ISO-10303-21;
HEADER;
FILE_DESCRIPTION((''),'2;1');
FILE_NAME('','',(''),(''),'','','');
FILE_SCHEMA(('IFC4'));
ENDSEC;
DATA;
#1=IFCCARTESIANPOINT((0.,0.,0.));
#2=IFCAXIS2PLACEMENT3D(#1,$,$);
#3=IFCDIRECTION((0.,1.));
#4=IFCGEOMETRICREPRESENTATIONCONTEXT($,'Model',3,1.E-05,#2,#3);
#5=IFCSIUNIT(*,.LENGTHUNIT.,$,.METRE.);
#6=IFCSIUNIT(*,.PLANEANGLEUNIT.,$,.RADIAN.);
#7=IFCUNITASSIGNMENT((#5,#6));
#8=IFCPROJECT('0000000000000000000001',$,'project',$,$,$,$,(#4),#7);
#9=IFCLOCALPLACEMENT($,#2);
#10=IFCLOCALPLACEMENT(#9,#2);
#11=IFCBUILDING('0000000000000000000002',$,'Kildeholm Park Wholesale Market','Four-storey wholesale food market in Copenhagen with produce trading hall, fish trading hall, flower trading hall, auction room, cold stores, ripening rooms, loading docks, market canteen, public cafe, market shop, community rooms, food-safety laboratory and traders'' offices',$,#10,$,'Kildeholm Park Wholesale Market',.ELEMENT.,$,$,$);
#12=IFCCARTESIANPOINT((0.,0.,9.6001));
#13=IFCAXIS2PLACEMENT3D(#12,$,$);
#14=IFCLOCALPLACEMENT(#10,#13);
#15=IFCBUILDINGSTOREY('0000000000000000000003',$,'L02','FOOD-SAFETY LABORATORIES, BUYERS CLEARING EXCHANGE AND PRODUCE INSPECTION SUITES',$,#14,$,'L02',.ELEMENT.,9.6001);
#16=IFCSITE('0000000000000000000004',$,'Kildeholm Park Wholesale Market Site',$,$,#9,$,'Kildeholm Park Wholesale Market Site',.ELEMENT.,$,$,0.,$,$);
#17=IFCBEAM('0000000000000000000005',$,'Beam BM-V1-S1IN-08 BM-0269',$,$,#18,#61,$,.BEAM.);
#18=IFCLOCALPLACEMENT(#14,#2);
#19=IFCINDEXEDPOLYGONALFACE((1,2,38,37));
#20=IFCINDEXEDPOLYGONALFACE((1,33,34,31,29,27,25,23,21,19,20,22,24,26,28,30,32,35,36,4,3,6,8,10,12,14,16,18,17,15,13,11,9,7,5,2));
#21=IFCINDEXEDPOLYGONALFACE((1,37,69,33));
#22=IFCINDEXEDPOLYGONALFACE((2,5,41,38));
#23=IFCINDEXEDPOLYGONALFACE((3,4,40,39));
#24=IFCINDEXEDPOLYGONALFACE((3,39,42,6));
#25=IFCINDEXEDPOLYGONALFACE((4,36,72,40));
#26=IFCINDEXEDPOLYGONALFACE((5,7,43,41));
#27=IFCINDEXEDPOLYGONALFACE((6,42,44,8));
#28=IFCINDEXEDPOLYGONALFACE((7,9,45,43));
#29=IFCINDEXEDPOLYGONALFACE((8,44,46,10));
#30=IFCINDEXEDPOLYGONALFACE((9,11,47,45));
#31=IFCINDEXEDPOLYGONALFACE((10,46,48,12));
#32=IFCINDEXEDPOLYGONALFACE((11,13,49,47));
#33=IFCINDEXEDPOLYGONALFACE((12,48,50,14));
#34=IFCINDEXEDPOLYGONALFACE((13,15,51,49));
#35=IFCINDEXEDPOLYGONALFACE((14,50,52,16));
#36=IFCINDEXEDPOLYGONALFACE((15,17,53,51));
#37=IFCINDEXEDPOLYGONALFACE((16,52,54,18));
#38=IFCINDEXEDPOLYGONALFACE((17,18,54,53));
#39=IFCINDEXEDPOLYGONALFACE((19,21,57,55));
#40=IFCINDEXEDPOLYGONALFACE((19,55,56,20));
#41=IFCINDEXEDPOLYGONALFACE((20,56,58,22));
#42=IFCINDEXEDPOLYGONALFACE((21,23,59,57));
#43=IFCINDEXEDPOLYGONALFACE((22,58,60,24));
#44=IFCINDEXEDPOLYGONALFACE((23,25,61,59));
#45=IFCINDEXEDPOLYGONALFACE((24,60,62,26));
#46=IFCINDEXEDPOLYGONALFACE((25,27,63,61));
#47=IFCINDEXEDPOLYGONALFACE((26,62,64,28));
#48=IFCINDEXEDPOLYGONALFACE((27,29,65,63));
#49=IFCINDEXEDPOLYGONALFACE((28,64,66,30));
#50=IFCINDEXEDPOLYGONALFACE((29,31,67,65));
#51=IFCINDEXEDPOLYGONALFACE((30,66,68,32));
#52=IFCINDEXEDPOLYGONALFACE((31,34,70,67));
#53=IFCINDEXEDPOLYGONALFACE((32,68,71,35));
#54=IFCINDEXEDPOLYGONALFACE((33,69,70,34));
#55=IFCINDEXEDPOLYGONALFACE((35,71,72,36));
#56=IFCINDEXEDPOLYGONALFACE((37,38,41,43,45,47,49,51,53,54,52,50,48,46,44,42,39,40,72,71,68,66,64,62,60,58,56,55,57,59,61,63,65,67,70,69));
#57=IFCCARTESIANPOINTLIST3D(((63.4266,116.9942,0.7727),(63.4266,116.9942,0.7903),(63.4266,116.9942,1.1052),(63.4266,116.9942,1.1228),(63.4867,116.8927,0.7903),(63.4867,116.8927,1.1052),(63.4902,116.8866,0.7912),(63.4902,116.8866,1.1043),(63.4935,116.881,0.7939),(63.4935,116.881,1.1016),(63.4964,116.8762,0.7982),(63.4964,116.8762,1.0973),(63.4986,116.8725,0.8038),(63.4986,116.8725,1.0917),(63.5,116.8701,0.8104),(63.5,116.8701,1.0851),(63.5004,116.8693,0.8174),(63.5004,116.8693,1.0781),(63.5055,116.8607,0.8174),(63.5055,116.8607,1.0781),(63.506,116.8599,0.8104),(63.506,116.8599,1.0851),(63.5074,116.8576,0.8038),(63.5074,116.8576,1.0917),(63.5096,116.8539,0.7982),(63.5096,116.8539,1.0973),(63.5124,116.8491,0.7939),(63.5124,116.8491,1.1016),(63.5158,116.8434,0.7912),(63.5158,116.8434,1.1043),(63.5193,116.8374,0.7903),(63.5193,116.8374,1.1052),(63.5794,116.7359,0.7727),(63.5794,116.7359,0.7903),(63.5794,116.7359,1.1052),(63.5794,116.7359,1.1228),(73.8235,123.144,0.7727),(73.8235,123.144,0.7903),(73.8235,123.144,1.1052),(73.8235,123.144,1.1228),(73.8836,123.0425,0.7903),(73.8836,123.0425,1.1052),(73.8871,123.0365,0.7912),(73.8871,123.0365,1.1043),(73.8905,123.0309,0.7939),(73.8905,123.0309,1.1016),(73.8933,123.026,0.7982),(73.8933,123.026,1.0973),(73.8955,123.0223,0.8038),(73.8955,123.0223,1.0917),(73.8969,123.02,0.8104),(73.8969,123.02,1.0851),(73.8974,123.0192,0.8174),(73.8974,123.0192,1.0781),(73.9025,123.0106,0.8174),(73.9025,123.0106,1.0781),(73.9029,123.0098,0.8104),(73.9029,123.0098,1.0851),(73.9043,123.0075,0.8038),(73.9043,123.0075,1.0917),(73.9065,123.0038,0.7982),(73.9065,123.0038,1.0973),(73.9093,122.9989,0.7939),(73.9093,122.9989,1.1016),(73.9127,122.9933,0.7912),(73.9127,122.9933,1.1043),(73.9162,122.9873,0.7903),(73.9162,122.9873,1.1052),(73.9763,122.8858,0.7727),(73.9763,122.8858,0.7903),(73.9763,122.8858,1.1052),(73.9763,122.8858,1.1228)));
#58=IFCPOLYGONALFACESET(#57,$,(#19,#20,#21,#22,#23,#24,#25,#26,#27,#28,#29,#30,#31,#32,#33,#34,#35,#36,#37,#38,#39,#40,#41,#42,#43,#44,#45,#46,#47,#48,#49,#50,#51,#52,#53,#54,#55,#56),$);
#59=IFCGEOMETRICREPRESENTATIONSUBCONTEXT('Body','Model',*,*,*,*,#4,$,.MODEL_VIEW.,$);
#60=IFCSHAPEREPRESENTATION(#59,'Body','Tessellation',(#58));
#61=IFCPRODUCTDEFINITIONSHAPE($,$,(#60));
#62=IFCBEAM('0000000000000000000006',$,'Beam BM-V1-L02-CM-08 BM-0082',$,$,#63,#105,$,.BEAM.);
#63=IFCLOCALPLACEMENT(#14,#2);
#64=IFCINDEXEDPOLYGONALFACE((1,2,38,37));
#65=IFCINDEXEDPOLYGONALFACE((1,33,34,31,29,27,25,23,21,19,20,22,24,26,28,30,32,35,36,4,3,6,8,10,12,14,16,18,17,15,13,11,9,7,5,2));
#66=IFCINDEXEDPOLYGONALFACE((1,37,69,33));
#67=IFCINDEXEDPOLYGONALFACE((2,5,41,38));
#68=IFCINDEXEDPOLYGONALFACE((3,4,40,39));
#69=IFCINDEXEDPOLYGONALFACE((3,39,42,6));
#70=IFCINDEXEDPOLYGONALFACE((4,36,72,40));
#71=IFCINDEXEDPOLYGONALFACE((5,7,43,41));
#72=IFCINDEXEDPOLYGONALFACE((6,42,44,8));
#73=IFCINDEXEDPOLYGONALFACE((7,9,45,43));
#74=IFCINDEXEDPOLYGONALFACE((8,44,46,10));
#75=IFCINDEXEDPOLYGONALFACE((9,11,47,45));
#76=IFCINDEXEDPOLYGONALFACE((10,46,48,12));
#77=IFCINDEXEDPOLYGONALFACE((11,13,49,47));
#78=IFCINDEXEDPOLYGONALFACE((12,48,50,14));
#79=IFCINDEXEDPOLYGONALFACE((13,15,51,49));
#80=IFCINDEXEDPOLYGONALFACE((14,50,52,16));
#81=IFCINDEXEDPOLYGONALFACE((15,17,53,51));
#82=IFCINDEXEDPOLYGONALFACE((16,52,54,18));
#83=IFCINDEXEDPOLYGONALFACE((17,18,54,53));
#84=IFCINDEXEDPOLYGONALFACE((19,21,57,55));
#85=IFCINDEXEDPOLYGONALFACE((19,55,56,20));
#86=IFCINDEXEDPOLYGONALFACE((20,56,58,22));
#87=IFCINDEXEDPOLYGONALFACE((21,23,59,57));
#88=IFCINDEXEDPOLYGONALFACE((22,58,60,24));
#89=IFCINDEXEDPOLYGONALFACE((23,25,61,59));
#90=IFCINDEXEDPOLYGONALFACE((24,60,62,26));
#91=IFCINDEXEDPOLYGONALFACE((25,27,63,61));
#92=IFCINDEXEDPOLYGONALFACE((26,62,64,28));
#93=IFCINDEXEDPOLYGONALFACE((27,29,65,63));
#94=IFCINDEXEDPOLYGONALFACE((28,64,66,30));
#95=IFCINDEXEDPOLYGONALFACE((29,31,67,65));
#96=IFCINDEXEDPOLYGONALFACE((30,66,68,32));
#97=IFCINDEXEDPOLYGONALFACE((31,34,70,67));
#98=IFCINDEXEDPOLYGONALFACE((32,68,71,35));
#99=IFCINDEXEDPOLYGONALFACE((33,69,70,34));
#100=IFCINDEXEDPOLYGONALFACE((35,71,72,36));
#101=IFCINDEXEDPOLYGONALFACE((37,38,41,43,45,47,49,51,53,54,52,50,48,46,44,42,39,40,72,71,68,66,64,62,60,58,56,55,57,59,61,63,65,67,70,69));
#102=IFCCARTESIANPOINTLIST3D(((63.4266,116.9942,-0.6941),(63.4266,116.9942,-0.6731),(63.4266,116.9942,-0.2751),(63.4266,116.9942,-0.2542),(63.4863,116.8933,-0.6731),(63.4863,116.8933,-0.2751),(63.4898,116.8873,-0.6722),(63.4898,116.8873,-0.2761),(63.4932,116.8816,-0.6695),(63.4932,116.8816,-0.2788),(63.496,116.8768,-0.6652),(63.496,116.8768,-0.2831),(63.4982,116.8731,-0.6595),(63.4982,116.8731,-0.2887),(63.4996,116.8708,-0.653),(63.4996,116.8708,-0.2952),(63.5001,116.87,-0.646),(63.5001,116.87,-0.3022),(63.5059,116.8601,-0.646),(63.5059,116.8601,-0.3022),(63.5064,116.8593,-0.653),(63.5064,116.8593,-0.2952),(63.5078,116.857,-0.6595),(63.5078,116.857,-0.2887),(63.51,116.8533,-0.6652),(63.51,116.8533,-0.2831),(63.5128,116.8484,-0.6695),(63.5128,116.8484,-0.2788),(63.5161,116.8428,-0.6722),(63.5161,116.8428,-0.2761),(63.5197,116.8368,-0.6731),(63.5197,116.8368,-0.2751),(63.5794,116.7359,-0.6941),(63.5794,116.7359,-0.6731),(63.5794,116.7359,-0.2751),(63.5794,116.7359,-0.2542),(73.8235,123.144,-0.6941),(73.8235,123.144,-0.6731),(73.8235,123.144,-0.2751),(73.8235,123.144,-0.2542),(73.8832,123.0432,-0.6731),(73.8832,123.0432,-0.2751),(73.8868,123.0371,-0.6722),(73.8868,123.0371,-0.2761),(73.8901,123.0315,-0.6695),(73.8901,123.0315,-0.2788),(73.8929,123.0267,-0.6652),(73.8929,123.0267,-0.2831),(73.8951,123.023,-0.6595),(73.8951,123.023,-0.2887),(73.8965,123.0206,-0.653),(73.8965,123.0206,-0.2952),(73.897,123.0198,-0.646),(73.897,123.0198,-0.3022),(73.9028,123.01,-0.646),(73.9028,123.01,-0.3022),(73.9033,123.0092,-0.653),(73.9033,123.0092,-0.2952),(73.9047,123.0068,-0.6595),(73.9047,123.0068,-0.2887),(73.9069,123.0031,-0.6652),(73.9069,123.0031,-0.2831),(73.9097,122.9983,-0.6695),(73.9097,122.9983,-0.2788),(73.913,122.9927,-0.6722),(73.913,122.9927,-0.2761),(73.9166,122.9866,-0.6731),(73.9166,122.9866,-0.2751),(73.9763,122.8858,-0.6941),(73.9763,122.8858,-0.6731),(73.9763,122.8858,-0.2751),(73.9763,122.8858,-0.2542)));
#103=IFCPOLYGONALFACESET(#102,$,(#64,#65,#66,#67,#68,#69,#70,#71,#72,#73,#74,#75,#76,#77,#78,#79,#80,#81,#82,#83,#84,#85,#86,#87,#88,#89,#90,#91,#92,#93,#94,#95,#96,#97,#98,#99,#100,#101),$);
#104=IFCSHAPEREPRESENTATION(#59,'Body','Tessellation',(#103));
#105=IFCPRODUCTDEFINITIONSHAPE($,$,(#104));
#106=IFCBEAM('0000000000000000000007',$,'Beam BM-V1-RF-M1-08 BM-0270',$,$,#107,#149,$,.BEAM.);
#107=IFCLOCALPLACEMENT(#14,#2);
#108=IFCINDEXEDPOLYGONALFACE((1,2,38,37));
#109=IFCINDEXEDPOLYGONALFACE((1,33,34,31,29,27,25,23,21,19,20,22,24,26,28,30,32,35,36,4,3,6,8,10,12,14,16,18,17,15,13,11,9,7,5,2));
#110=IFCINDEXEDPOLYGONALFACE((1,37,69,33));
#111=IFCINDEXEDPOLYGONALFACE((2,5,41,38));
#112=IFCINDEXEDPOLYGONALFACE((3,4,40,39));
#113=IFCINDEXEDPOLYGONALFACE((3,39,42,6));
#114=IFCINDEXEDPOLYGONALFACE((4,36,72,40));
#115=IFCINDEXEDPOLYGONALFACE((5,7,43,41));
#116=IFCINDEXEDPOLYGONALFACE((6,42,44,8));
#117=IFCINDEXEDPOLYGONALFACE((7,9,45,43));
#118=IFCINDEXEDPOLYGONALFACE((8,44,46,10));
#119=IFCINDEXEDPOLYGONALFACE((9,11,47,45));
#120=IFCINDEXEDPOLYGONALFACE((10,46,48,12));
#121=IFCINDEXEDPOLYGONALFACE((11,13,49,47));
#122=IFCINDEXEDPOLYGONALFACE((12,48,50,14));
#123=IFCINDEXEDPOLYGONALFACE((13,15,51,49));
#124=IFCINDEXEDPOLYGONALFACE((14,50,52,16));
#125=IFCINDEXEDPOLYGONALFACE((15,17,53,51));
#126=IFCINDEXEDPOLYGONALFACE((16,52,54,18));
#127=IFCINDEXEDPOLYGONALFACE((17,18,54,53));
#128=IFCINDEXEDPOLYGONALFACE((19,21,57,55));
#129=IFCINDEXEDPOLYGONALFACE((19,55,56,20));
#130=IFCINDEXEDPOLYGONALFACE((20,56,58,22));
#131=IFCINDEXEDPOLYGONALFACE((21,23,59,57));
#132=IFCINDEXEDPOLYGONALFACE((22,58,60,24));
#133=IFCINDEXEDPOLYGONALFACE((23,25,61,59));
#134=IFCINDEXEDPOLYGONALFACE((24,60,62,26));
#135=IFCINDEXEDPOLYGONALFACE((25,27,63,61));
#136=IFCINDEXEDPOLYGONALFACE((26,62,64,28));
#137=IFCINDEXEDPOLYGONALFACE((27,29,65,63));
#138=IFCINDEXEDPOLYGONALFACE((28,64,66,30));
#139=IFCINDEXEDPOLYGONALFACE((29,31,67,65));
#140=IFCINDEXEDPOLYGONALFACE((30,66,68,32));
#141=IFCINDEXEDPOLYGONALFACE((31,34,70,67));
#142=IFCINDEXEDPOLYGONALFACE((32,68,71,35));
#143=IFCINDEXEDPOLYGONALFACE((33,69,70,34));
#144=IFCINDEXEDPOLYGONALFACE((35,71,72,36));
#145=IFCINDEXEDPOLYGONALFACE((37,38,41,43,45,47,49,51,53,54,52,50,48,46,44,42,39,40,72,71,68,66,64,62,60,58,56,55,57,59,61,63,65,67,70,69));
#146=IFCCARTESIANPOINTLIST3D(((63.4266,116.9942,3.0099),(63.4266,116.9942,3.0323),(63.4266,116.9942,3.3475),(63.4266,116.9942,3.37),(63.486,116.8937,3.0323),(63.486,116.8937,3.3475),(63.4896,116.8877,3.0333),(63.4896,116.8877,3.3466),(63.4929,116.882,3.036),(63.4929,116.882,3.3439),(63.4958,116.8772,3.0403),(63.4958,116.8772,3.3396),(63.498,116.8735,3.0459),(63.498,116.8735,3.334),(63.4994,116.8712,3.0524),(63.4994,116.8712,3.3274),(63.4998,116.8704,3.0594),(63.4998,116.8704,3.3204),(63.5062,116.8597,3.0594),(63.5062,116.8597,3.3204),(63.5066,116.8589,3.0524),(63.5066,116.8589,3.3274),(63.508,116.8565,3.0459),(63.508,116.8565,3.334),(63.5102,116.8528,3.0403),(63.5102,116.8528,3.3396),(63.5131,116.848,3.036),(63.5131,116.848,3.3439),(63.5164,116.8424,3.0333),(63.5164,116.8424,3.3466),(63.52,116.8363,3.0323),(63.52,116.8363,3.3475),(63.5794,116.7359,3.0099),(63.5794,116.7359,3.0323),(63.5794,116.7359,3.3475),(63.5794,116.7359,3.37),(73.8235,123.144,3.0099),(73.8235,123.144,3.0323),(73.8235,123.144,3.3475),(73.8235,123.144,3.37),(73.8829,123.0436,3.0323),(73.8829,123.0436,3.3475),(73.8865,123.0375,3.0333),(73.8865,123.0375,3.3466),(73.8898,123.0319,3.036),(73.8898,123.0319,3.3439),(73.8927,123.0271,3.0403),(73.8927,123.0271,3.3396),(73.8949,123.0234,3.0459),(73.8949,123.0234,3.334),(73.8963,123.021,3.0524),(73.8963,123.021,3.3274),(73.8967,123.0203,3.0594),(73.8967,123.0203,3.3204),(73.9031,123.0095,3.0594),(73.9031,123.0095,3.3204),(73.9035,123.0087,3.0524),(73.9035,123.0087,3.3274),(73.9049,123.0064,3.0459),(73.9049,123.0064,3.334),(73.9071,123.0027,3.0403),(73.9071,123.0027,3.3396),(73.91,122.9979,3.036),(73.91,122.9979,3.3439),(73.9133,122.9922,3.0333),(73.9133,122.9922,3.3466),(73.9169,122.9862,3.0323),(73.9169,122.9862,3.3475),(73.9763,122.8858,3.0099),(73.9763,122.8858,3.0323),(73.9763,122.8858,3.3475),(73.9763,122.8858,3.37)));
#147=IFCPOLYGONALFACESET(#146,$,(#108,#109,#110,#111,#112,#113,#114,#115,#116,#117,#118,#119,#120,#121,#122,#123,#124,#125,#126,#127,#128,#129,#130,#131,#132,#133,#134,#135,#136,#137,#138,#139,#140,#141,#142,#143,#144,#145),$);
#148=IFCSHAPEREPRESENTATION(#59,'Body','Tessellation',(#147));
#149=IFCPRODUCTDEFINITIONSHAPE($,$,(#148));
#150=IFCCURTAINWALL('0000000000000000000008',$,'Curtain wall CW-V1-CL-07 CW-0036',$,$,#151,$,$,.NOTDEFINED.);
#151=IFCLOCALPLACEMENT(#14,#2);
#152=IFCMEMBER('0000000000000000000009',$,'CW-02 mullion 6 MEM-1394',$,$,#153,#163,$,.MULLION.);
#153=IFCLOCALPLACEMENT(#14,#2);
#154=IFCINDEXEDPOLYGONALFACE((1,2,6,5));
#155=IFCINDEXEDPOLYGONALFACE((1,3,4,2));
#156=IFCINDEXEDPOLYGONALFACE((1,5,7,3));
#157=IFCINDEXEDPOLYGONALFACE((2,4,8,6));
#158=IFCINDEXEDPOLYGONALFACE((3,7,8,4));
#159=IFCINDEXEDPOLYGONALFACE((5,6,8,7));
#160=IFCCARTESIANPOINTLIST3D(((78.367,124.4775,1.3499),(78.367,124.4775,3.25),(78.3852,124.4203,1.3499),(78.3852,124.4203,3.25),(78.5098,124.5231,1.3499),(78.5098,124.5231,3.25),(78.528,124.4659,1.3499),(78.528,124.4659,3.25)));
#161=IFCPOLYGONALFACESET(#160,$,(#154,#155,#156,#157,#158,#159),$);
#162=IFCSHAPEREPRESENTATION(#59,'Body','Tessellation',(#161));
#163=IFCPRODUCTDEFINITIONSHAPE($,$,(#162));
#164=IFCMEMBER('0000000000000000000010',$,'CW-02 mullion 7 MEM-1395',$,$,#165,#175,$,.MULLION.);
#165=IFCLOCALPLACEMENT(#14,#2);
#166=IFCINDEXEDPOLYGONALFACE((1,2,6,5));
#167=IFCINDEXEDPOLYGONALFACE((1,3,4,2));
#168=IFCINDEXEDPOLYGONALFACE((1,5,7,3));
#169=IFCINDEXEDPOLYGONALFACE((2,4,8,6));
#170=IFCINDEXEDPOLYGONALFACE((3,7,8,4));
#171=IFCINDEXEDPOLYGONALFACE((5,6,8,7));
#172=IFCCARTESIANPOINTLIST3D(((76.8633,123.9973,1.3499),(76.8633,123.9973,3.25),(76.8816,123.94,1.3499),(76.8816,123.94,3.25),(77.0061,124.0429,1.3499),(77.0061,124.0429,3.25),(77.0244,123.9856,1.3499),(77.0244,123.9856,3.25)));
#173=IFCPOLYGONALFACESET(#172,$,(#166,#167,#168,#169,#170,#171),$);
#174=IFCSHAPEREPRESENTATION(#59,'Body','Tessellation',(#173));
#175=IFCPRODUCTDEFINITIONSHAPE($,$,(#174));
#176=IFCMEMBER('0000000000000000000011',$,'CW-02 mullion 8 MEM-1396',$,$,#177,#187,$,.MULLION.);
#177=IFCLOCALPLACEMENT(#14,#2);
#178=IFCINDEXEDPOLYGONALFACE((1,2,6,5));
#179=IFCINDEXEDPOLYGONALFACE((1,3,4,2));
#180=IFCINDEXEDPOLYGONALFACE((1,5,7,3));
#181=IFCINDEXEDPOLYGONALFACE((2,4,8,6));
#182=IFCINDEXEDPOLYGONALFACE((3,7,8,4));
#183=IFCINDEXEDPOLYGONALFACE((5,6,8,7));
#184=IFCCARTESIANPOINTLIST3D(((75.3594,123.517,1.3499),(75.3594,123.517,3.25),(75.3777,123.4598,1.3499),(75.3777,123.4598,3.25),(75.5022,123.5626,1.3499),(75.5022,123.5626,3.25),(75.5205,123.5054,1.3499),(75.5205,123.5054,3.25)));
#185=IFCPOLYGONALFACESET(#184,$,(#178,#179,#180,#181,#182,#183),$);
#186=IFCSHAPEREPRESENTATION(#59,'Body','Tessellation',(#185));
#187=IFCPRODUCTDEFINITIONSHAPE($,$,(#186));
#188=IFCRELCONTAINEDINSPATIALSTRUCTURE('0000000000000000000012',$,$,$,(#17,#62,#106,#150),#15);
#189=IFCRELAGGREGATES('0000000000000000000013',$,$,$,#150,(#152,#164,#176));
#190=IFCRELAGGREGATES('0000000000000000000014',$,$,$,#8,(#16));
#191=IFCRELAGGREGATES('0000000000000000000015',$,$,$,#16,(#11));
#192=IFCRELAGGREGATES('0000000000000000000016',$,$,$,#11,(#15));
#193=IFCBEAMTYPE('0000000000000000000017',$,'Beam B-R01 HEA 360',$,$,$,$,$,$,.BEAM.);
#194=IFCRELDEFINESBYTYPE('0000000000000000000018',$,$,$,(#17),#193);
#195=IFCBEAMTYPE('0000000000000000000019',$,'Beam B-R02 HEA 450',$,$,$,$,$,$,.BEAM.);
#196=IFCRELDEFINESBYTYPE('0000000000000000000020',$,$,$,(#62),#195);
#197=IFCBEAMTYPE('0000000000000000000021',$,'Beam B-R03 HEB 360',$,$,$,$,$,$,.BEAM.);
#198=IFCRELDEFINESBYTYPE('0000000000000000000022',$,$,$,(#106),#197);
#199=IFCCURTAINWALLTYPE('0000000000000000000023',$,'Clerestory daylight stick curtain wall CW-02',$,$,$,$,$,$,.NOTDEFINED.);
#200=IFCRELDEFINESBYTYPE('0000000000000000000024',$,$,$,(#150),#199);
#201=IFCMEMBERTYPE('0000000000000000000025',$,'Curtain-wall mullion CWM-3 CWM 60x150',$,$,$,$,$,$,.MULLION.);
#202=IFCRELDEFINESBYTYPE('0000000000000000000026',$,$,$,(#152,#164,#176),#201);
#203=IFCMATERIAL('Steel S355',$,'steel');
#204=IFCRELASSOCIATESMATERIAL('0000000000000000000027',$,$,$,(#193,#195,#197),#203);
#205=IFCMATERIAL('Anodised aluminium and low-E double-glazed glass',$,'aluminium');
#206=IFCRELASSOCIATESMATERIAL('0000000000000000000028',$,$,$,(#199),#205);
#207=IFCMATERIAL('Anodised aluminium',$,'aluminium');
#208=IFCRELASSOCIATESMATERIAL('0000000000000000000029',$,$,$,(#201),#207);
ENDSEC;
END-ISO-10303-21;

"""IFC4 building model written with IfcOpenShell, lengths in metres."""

from ifc_helpers import new_model, si_unit, direction, frame, origin, origin_2d, place, context, subcontext, project, spatial, rectangle, i_section, extrude, material, material_profile, profile_set, type_object, element, aggregate, save


model = new_model("IFC4")

# Units and contexts
model_context = context("Model", 3, precision=1e-05, world=origin(), true_north=direction((0.0, 1.0)))
body_context = subcontext(model_context, "Body", "Model", "MODEL_VIEW")
ifc_project = project(units=[si_unit("LENGTHUNIT", "METRE"), si_unit("PLANEANGLEUNIT", "RADIAN")], contexts=[model_context])

# Site, building, storey
site_placement = place(None, origin())
site = spatial("IfcSite", under=ifc_project, at=site_placement, Name="Kildeholm Park Wholesale Market Site", LongName="Kildeholm Park Wholesale Market Site", CompositionType="ELEMENT", RefElevation=0.0)
building_placement = place(site_placement, origin())
building = spatial("IfcBuilding", under=site, at=building_placement, Name="Kildeholm Park Wholesale Market", Description="Four-storey wholesale food market in Copenhagen with produce trading hall, fish trading hall, flower trading hall, auction room, cold stores, ripening rooms, loading docks, market canteen, public cafe, market shop, community rooms, food-safety laboratory and traders' offices", LongName="Kildeholm Park Wholesale Market", CompositionType="ELEMENT")
storey_placement = place(building_placement, frame((0.0, 0.0, 9.6001)))
storey = spatial("IfcBuildingStorey", under=building, at=storey_placement, Name="L02", Description="FOOD-SAFETY LABORATORIES, BUYERS CLEARING EXCHANGE AND PRODUCE INSPECTION SUITES", LongName="L02", CompositionType="ELEMENT", Elevation=9.6001)

# Beams
ifc_material_1 = material(Name="Steel S355", Category="steel")
ifc_material_profile_1 = material_profile(ifc_material_1, i_section(OverallWidth=0.3, OverallDepth=0.3501, WebThickness=0.01, FlangeThickness=0.0176, FilletRadius=0.0271, at=origin_2d()), Name="HEA 360")
ifc_profile_set_1 = profile_set([ifc_material_profile_1], Name="Steel S355")
beam_type_1 = type_object("IfcBeamType", Name="Beam B-R01 HEA 360", PredefinedType="BEAM", material=ifc_profile_set_1)
beam_1_placement = place(storey_placement, frame((73.8999, 123.0149, 0.9478), z_axis=(-0.8607, -0.509112, 0.0), x_axis=(0.509112, -0.8607, 0.0)))
element("IfcBeam", 1, at=beam_1_placement, inside=storey, type_object=beam_type_1, Name="Beam BM-V1-S1IN-08 BM-0269", PredefinedType="BEAM", context=body_context, shape_type="SweptSolid", body=[
    extrude(i_section(OverallWidth=0.3, OverallDepth=0.3501, WebThickness=0.01, FlangeThickness=0.0176, FilletRadius=0.0271, at=origin_2d()), origin(), (0.0, 0.0, 1.0), 12.0796),
])
ifc_material_profile_2 = material_profile(ifc_material_1, i_section(OverallWidth=0.3, OverallDepth=0.4399, WebThickness=0.0115, FlangeThickness=0.021, FilletRadius=0.0271, at=origin_2d()), Name="HEA 450")
ifc_profile_set_2 = profile_set([ifc_material_profile_2], Name="Steel S355")
beam_type_2 = type_object("IfcBeamType", Name="Beam B-R02 HEA 450", PredefinedType="BEAM", material=ifc_profile_set_2)
beam_2_placement = place(storey_placement, frame((73.8999, 123.0149, -0.4741), z_axis=(-0.8607, -0.509112, 0.0), x_axis=(0.509112, -0.8607, 0.0)))
element("IfcBeam", 2, at=beam_2_placement, inside=storey, type_object=beam_type_2, Name="Beam BM-V1-L02-CM-08 BM-0082", PredefinedType="BEAM", context=body_context, shape_type="SweptSolid", body=[
    extrude(i_section(OverallWidth=0.3, OverallDepth=0.4399, WebThickness=0.0115, FlangeThickness=0.021, FilletRadius=0.0271, at=origin_2d()), origin(), (0.0, 0.0, 1.0), 12.0796),
])
ifc_material_profile_3 = material_profile(ifc_material_1, i_section(OverallWidth=0.3, OverallDepth=0.3601, WebThickness=0.0125, FlangeThickness=0.0225, FilletRadius=0.0271, at=origin_2d()), Name="HEB 360")
ifc_profile_set_3 = profile_set([ifc_material_profile_3], Name="Steel S355")
beam_type_3 = type_object("IfcBeamType", Name="Beam B-R03 HEB 360", PredefinedType="BEAM", material=ifc_profile_set_3)
beam_3_placement = place(storey_placement, frame((73.8999, 123.0149, 3.1899), z_axis=(-0.8607, -0.509112, 0.0), x_axis=(0.509112, -0.8607, 0.0)))
element("IfcBeam", 3, at=beam_3_placement, inside=storey, type_object=beam_type_3, Name="Beam BM-V1-RF-M1-08 BM-0270", PredefinedType="BEAM", context=body_context, shape_type="SweptSolid", body=[
    extrude(i_section(OverallWidth=0.3, OverallDepth=0.3601, WebThickness=0.0125, FlangeThickness=0.0225, FilletRadius=0.0271, at=origin_2d()), origin(), (0.0, 0.0, 1.0), 12.0796),
])

# Curtain wall, members
ifc_material_2 = material(Name="Anodised aluminium and low-E double-glazed glass", Category="aluminium")
curtain_wall_type = type_object("IfcCurtainWallType", Name="Clerestory daylight stick curtain wall CW-02", PredefinedType="NOTDEFINED", material=ifc_material_2)
curtain_wall_placement = place(storey_placement, origin())
curtain_wall = element("IfcCurtainWall", 4, at=curtain_wall_placement, inside=storey, type_object=curtain_wall_type, Name="Curtain wall CW-V1-CL-07 CW-0036", PredefinedType="NOTDEFINED")
ifc_material_3 = material(Name="Anodised aluminium", Category="aluminium")
ifc_material_profile_4 = material_profile(ifc_material_3, rectangle(XDim=0.0601, YDim=0.1499, at=origin_2d()), Name="CWM 60x150")
ifc_profile_set_4 = profile_set([ifc_material_profile_4], Name="Anodised aluminium")
member_type_1 = type_object("IfcMemberType", Name="Curtain-wall mullion CWM-3 CWM 60x150", PredefinedType="MULLION", material=ifc_profile_set_4)
member_1_placement = place(storey_placement, frame((78.4475, 124.4717, 1.3499), z_axis=(0.0, 0.0, 1.0), x_axis=(0.304207, -0.952606, 0.0)))
member_1 = element("IfcMember", 5, at=member_1_placement, type_object=member_type_1, Name="CW-02 mullion 6 MEM-1394", PredefinedType="MULLION", context=body_context, shape_type="SweptSolid", body=[
    extrude(rectangle(XDim=0.0601, YDim=0.1499, at=origin_2d()), origin(), (0.0, 0.0, 1.0), 1.9001),
])
member_2_placement = place(storey_placement, frame((76.9438, 123.9915, 1.3499), z_axis=(0.0, 0.0, 1.0), x_axis=(0.304207, -0.952606, 0.0)))
member_2 = element("IfcMember", 6, at=member_2_placement, type_object=member_type_1, Name="CW-02 mullion 7 MEM-1395", PredefinedType="MULLION", context=body_context, shape_type="SweptSolid", body=[
    extrude(rectangle(XDim=0.0601, YDim=0.1499, at=origin_2d()), origin(), (0.0, 0.0, 1.0), 1.9001),
])
member_3_placement = place(storey_placement, frame((75.4399, 123.5112, 1.3499), z_axis=(0.0, 0.0, 1.0), x_axis=(0.304207, -0.952606, 0.0)))
member_3 = element("IfcMember", 7, at=member_3_placement, type_object=member_type_1, Name="CW-02 mullion 8 MEM-1396", PredefinedType="MULLION", context=body_context, shape_type="SweptSolid", body=[
    extrude(rectangle(XDim=0.0601, YDim=0.1499, at=origin_2d()), origin(), (0.0, 0.0, 1.0), 1.9001),
])
aggregate(curtain_wall, [member_1, member_2, member_3])

save(model, "model.ifc")
